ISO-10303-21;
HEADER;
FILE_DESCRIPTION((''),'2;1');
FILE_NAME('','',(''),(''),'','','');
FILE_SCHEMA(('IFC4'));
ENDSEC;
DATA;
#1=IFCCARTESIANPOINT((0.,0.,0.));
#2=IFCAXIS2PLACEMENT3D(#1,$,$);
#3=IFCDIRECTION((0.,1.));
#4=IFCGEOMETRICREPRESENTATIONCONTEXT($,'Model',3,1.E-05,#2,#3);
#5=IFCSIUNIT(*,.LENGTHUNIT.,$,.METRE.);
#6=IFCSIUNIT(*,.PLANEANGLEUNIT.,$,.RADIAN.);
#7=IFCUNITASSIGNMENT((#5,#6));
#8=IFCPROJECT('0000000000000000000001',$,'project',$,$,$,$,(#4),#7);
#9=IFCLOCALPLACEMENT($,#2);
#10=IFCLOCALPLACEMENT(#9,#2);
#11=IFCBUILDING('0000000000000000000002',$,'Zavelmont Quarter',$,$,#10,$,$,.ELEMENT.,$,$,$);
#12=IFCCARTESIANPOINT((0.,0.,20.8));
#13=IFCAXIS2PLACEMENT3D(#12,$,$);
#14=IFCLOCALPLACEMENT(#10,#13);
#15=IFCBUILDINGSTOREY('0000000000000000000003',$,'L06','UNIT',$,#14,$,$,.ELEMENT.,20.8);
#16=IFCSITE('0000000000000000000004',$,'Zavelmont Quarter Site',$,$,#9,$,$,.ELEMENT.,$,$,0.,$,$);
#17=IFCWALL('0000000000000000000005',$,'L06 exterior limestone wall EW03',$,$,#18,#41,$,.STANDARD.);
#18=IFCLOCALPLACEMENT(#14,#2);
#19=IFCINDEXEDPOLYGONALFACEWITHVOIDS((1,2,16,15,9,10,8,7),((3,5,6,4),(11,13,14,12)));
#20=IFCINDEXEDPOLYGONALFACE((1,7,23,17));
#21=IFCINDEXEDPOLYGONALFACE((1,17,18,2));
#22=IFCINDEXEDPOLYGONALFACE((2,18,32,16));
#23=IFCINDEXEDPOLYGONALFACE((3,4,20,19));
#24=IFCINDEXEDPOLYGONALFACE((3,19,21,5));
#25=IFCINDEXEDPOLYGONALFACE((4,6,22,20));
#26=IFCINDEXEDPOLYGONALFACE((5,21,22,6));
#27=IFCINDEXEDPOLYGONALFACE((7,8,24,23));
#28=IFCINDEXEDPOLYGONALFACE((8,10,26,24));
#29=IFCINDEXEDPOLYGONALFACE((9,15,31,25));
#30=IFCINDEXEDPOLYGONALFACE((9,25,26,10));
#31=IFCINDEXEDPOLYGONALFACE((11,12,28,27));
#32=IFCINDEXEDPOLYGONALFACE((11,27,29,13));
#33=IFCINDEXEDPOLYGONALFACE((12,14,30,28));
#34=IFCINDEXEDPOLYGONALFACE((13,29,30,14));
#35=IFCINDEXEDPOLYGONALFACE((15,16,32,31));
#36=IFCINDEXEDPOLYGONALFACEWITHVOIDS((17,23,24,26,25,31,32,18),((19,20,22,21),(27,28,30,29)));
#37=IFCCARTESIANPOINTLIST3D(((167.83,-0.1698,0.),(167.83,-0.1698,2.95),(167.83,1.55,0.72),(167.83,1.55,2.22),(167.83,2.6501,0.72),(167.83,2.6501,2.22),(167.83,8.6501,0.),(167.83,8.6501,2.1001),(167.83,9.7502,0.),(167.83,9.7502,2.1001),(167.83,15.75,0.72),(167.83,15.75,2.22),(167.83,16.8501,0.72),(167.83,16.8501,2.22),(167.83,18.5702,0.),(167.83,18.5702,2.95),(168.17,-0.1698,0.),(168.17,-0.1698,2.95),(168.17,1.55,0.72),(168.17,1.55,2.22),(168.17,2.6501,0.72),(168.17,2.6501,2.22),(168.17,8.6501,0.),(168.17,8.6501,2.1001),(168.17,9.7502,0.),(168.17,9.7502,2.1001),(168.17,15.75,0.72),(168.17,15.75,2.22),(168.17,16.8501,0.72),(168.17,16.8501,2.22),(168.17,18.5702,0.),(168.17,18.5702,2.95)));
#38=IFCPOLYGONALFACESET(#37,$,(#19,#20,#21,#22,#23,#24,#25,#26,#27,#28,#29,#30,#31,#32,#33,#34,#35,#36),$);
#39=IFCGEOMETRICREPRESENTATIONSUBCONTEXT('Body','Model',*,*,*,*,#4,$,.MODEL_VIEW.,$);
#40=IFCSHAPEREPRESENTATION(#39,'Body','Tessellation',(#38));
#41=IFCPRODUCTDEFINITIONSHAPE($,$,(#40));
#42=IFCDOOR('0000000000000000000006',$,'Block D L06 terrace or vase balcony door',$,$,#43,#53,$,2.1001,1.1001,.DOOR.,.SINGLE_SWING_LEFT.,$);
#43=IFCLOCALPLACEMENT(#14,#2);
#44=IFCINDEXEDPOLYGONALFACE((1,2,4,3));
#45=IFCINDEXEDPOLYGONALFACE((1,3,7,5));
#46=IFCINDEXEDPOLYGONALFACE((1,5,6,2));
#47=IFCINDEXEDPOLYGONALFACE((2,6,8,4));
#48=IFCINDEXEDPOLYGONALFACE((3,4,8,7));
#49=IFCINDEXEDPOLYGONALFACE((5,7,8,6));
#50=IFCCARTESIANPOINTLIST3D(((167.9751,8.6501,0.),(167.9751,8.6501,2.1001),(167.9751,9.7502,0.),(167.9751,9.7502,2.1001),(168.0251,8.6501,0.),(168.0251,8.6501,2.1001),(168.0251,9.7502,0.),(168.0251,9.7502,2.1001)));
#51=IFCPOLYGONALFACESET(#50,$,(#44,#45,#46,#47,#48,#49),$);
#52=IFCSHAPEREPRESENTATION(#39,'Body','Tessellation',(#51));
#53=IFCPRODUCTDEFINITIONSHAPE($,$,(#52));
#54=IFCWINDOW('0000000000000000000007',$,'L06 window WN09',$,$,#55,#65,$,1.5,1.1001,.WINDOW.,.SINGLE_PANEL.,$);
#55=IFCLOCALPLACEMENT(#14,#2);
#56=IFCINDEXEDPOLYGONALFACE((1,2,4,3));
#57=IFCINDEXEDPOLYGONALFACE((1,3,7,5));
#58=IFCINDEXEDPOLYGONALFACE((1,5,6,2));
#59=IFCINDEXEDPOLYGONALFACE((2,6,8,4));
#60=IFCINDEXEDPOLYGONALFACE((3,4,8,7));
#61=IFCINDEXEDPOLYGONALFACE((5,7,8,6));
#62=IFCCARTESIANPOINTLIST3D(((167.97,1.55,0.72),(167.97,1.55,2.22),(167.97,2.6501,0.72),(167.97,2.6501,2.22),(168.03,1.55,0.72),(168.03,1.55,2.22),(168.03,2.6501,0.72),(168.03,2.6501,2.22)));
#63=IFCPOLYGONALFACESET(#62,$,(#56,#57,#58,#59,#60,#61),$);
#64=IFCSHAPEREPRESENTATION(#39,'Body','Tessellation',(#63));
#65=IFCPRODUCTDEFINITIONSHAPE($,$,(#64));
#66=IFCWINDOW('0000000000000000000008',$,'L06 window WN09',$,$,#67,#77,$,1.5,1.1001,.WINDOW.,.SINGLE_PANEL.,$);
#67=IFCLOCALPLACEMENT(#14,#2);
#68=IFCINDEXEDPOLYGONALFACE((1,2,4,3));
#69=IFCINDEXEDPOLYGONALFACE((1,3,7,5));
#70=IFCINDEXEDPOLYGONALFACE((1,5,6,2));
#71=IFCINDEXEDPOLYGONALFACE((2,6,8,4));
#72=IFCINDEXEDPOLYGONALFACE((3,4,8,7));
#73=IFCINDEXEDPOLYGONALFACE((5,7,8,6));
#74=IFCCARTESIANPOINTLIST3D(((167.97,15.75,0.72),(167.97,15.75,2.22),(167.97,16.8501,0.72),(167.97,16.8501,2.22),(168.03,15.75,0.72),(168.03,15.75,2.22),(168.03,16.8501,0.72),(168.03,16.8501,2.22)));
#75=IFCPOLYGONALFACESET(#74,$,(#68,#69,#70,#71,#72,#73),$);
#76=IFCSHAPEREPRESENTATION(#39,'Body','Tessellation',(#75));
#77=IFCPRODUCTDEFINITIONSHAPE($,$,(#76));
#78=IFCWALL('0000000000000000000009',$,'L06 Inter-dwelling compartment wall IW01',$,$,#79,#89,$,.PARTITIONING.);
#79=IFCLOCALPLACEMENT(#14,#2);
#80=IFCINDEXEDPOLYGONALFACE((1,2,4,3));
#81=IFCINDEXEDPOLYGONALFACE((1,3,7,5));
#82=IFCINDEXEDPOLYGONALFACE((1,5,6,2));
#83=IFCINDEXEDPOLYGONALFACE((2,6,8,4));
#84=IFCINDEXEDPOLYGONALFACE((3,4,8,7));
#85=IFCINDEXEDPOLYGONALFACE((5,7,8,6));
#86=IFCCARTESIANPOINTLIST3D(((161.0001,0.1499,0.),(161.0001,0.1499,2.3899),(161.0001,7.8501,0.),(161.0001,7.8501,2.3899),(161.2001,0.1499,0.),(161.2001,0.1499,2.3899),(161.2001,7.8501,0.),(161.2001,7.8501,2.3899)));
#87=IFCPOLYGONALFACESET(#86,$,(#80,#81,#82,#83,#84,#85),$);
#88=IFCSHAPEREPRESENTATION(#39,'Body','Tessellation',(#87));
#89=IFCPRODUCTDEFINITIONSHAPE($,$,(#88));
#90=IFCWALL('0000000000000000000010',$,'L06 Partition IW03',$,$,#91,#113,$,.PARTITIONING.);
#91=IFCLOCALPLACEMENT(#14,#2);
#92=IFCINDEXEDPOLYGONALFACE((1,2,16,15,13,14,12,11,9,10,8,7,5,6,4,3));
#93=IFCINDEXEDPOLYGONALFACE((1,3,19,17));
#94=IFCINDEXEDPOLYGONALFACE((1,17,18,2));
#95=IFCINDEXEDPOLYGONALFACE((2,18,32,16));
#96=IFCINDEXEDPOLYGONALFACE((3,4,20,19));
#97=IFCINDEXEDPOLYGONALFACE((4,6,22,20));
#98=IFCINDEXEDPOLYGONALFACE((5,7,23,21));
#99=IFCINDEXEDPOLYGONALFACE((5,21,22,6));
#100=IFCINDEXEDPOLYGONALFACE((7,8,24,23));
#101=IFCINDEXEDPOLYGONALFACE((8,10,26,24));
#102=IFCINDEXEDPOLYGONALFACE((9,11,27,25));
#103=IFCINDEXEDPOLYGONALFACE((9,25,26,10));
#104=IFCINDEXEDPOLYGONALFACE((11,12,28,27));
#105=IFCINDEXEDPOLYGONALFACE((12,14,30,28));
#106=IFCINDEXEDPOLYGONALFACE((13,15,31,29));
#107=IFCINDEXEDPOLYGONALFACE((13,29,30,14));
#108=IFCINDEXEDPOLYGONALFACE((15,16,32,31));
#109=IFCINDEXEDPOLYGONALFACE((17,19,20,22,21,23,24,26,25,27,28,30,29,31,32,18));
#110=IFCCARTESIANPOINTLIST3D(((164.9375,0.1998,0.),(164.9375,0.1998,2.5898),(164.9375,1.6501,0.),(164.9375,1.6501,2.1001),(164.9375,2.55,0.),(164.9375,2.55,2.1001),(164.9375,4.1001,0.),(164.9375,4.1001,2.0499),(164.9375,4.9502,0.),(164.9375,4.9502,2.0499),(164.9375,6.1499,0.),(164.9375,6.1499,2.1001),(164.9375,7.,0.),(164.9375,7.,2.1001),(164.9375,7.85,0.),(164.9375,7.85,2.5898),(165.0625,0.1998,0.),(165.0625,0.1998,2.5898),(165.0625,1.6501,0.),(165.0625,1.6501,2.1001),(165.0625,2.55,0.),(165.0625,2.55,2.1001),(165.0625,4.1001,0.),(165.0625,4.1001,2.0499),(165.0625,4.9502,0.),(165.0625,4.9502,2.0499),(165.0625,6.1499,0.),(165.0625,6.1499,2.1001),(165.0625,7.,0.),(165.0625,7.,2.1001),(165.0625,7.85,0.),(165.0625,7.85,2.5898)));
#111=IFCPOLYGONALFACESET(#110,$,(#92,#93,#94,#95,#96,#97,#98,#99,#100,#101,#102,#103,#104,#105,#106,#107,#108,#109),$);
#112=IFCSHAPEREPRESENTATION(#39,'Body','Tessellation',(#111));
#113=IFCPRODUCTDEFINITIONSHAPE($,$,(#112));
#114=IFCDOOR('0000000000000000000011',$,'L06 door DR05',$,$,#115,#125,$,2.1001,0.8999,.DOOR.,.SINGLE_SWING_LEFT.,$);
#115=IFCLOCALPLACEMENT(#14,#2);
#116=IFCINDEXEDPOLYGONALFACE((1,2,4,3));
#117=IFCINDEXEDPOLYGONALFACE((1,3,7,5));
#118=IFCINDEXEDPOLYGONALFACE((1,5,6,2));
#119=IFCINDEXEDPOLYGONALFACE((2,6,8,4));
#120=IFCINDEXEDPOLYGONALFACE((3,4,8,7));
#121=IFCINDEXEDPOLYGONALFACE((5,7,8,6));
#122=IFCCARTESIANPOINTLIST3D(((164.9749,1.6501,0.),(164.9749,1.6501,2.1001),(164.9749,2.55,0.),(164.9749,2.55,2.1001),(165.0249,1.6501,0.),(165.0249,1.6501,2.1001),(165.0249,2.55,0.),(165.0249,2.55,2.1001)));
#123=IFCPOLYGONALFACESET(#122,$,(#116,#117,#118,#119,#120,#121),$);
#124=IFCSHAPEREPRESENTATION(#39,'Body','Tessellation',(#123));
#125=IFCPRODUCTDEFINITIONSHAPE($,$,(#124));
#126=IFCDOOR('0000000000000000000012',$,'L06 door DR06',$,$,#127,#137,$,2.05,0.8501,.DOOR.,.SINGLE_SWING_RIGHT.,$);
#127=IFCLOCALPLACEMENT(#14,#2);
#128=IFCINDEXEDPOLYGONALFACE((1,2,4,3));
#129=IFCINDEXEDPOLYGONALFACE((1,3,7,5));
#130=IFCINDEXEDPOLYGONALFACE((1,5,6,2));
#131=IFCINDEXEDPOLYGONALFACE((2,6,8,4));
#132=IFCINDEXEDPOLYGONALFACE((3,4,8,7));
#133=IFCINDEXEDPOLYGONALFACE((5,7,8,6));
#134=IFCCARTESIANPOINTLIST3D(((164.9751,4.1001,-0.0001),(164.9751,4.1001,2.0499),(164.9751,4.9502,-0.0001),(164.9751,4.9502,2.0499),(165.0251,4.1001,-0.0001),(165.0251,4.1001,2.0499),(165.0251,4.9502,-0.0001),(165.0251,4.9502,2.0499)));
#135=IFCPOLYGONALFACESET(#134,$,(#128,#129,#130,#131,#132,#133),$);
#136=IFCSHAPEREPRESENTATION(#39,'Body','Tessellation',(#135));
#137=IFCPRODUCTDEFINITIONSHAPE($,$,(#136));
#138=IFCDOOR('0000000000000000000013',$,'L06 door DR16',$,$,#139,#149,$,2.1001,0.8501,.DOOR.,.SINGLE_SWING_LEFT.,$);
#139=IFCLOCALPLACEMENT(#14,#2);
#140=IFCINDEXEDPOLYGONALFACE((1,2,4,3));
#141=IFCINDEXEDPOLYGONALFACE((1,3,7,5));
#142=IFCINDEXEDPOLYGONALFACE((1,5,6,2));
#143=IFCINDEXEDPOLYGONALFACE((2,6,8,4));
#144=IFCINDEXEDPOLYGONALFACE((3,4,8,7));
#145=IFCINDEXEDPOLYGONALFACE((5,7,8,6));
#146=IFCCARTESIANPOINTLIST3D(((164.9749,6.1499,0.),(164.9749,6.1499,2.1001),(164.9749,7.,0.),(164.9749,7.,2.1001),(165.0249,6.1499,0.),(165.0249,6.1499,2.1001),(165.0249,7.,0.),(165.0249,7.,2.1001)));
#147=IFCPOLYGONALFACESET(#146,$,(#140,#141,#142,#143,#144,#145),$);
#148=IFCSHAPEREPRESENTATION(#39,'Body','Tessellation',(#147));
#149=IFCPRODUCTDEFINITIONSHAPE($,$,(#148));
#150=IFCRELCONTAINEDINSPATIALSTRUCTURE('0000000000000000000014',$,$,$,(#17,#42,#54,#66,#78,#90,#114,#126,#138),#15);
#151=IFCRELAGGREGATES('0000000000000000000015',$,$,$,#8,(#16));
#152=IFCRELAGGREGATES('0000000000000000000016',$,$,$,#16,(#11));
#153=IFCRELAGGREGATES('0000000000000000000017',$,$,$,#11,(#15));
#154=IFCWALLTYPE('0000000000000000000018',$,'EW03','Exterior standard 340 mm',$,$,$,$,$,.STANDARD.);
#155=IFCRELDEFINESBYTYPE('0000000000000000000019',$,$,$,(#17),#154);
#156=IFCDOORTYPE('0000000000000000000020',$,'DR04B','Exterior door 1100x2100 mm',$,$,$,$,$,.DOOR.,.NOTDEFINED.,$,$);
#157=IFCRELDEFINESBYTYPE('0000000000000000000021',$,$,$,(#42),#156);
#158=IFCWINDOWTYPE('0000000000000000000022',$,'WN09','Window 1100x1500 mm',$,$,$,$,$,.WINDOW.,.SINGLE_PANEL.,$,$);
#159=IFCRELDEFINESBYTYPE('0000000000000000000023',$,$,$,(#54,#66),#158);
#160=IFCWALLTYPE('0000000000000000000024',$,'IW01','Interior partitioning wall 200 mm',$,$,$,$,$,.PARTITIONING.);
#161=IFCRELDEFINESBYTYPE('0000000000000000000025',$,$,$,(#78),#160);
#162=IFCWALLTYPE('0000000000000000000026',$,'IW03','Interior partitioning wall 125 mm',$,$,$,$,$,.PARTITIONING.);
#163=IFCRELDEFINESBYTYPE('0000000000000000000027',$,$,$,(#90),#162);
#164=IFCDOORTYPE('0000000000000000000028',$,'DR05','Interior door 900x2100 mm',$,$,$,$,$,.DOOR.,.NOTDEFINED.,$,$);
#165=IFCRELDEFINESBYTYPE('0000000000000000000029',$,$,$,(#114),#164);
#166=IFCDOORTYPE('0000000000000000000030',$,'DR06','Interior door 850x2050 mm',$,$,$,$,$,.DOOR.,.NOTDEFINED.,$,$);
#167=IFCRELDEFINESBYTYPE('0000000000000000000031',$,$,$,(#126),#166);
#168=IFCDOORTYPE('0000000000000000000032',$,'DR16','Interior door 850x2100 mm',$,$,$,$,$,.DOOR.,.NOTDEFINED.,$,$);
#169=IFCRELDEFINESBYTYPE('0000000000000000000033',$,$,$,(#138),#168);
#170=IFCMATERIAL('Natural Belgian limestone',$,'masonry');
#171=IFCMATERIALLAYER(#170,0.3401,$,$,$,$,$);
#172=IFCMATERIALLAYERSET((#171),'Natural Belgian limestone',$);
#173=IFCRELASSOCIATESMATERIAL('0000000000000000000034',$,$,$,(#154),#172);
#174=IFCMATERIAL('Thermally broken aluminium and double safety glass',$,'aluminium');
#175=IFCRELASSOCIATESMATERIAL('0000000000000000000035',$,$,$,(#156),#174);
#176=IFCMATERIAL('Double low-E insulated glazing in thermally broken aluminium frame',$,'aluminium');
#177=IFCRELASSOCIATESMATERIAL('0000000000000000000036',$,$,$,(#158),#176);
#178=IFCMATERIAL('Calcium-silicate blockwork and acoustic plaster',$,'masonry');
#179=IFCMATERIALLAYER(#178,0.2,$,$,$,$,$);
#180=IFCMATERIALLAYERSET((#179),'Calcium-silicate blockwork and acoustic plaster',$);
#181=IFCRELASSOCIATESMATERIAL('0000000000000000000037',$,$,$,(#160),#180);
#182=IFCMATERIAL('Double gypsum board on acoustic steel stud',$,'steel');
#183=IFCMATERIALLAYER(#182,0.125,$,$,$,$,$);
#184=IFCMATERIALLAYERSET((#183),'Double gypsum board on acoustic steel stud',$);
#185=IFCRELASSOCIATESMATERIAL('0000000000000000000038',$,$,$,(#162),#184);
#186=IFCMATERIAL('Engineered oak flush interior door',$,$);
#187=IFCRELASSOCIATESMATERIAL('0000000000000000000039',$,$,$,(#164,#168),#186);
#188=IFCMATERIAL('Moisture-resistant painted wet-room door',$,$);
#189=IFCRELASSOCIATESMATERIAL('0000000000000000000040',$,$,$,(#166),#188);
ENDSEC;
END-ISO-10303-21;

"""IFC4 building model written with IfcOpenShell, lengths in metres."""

from ifc_helpers import new_model, si_unit, direction, frame, frame_2d, origin, origin_with_axes, place, context, subcontext, project, spatial, rectangle, extrude, material, layer, layer_set, type_object, element, fill, save


model = new_model("IFC4")

# Units and contexts
model_context = context("Model", 3, precision=1e-05, world=origin(), true_north=direction((0.0, 1.0)))
body_context = subcontext(model_context, "Body", "Model", "MODEL_VIEW")
ifc_project = project(units=[si_unit("LENGTHUNIT", "METRE"), si_unit("PLANEANGLEUNIT", "RADIAN")], contexts=[model_context])

# Site, building, storey
site_placement = place(None, origin())
site = spatial("IfcSite", under=ifc_project, at=site_placement, Name="Zavelmont Quarter Site", CompositionType="ELEMENT", RefElevation=0.0)
building_placement = place(site_placement, origin())
building = spatial("IfcBuilding", under=site, at=building_placement, Name="Zavelmont Quarter", CompositionType="ELEMENT")
storey_placement = place(building_placement, frame((0.0, 0.0, 20.8)))
storey = spatial("IfcBuildingStorey", under=building, at=storey_placement, Name="L06", Description="UNIT", CompositionType="ELEMENT", Elevation=20.8)

# Wall, openings, door, windows
ifc_material_1 = material(Name="Natural Belgian limestone", Category="masonry")
ifc_layer_1 = layer(ifc_material_1, 0.3401)
ifc_layer_set_1 = layer_set([ifc_layer_1], Name="Natural Belgian limestone")
wall_type_1 = type_object("IfcWallType", Name="EW03", Description="Exterior standard 340 mm", PredefinedType="STANDARD", material=ifc_layer_set_1)
wall_1_placement = place(storey_placement, frame((168.0, -0.1699, 0.0), z_axis=(0.0, 0.0, 1.0), x_axis=(0.0, 1.0, 0.0)))
wall_1 = element("IfcWall", 1, at=wall_1_placement, inside=storey, type_object=wall_type_1, Name="L06 exterior limestone wall EW03", PredefinedType="STANDARD", context=body_context, shape_type="SweptSolid", body=[
    extrude(rectangle(XDim=18.74, YDim=0.3401, at=frame_2d((9.3701, 0.0))), origin(), (0.0, 0.0, 1.0), 2.95),
])
opening_1_placement = place(wall_1_placement, frame((8.8201, 0.0, 0.0)))
opening_1 = element("IfcOpeningElement", 2, at=opening_1_placement, cuts=wall_1, PredefinedType="OPENING", context=body_context, shape_type="SweptSolid", body=[
    extrude(rectangle(XDim=1.1001, YDim=2.1001, at=frame_2d((0.55, 1.05))), frame((0.0, 0.1821, 0.0), z_axis=(0.0, -1.0, 0.0), x_axis=(1.0, 0.0, 0.0)), (0.0, 0.0, 1.0), 0.364),
])
opening_2_placement = place(wall_1_placement, frame((1.72, 0.0, 0.72)))
opening_2 = element("IfcOpeningElement", 3, at=opening_2_placement, cuts=wall_1, PredefinedType="OPENING", context=body_context, shape_type="SweptSolid", body=[
    extrude(rectangle(XDim=1.1001, YDim=1.5, at=frame_2d((0.55, 0.75))), frame((0.0, 0.1821, 0.0), z_axis=(0.0, -1.0, 0.0), x_axis=(1.0, 0.0, 0.0)), (0.0, 0.0, 1.0), 0.364),
])
opening_3_placement = place(wall_1_placement, frame((15.9199, 0.0, 0.72)))
opening_3 = element("IfcOpeningElement", 4, at=opening_3_placement, cuts=wall_1, PredefinedType="OPENING", context=body_context, shape_type="SweptSolid", body=[
    extrude(rectangle(XDim=1.1001, YDim=1.5, at=frame_2d((0.55, 0.75))), frame((0.0, 0.1821, 0.0), z_axis=(0.0, -1.0, 0.0), x_axis=(1.0, 0.0, 0.0)), (0.0, 0.0, 1.0), 0.364),
])
ifc_material_2 = material(Name="Thermally broken aluminium and double safety glass", Category="aluminium")
door_type_1 = type_object("IfcDoorType", Name="DR04B", Description="Exterior door 1100x2100 mm", OperationType="NOTDEFINED", PredefinedType="DOOR", material=ifc_material_2)
door_1_placement = place(opening_1_placement, origin_with_axes())
door_1 = element("IfcDoor", 5, at=door_1_placement, inside=storey, type_object=door_type_1, Name="Block D L06 terrace or vase balcony door", OperationType="SINGLE_SWING_LEFT", OverallHeight=2.1001, OverallWidth=1.1001, PredefinedType="DOOR", context=body_context, shape_type="SweptSolid", body=[
    extrude(rectangle(XDim=1.1001, YDim=2.1001, at=frame_2d((0.55, 1.05))), frame((0.0, 0.0249, 0.0), z_axis=(0.0, -1.0, 0.0), x_axis=(1.0, 0.0, 0.0)), (0.0, 0.0, 1.0), 0.05),
])
fill(opening_1, door_1)
ifc_material_3 = material(Name="Double low-E insulated glazing in thermally broken aluminium frame", Category="aluminium")
window_type = type_object("IfcWindowType", Name="WN09", Description="Window 1100x1500 mm", PartitioningType="SINGLE_PANEL", PredefinedType="WINDOW", material=ifc_material_3)
window_1_placement = place(opening_2_placement, origin_with_axes())
window_1 = element("IfcWindow", 6, at=window_1_placement, inside=storey, type_object=window_type, Name="L06 window WN09", OverallHeight=1.5, OverallWidth=1.1001, PartitioningType="SINGLE_PANEL", PredefinedType="WINDOW", context=body_context, shape_type="SweptSolid", body=[
    extrude(rectangle(XDim=1.1001, YDim=1.5, at=frame_2d((0.55, 0.75))), frame((0.0, 0.03, 0.0), z_axis=(0.0, -1.0, 0.0), x_axis=(1.0, 0.0, 0.0)), (0.0, 0.0, 1.0), 0.0601),
])
fill(opening_2, window_1)
window_2_placement = place(opening_3_placement, origin_with_axes())
window_2 = element("IfcWindow", 7, at=window_2_placement, inside=storey, type_object=window_type, Name="L06 window WN09", OverallHeight=1.5, OverallWidth=1.1001, PartitioningType="SINGLE_PANEL", PredefinedType="WINDOW", context=body_context, shape_type="SweptSolid", body=[
    extrude(rectangle(XDim=1.1001, YDim=1.5, at=frame_2d((0.55, 0.75))), frame((0.0, 0.03, 0.0), z_axis=(0.0, -1.0, 0.0), x_axis=(1.0, 0.0, 0.0)), (0.0, 0.0, 1.0), 0.0601),
])
fill(opening_3, window_2)

# Wall
ifc_material_4 = material(Name="Calcium-silicate blockwork and acoustic plaster", Category="masonry")
ifc_layer_2 = layer(ifc_material_4, 0.2)
ifc_layer_set_2 = layer_set([ifc_layer_2], Name="Calcium-silicate blockwork and acoustic plaster")
wall_type_2 = type_object("IfcWallType", Name="IW01", Description="Interior partitioning wall 200 mm", PredefinedType="PARTITIONING", material=ifc_layer_set_2)
wall_2_placement = place(storey_placement, frame((161.1001, 7.8501, 0.0), z_axis=(0.0, 0.0, 1.0), x_axis=(0.0, -1.0, 0.0)))
element("IfcWall", 8, at=wall_2_placement, inside=storey, type_object=wall_type_2, Name="L06 Inter-dwelling compartment wall IW01", PredefinedType="PARTITIONING", context=body_context, shape_type="SweptSolid", body=[
    extrude(rectangle(XDim=7.7002, YDim=0.2, at=frame_2d((3.8501, 0.0))), origin(), (0.0, 0.0, 1.0), 2.3899),
])

# Wall, openings, doors
ifc_material_5 = material(Name="Double gypsum board on acoustic steel stud", Category="steel")
ifc_layer_3 = layer(ifc_material_5, 0.125)
ifc_layer_set_3 = layer_set([ifc_layer_3], Name="Double gypsum board on acoustic steel stud")
wall_type_3 = type_object("IfcWallType", Name="IW03", Description="Interior partitioning wall 125 mm", PredefinedType="PARTITIONING", material=ifc_layer_set_3)
wall_3_placement = place(storey_placement, frame((165.0, 7.8501, 0.0), z_axis=(0.0, 0.0, 1.0), x_axis=(0.0, -1.0, 0.0)))
wall_3 = element("IfcWall", 9, at=wall_3_placement, inside=storey, type_object=wall_type_3, Name="L06 Partition IW03", PredefinedType="PARTITIONING", context=body_context, shape_type="SweptSolid", body=[
    extrude(rectangle(XDim=7.6501, YDim=0.125, at=frame_2d((3.8252, 0.0))), origin(), (0.0, 0.0, 1.0), 2.5898),
])
opening_4_placement = place(wall_3_placement, frame((0.8501, 0.0, 0.0)))
opening_4 = element("IfcOpeningElement", 10, at=opening_4_placement, cuts=wall_3, PredefinedType="OPENING", context=body_context, shape_type="SweptSolid", body=[
    extrude(rectangle(XDim=0.8501, YDim=2.1001, at=frame_2d((0.425, 1.05))), frame((0.0, 0.0745, 0.0), z_axis=(0.0, -1.0, 0.0), x_axis=(1.0, 0.0, 0.0)), (0.0, 0.0, 1.0), 0.1489),
])
opening_5_placement = place(wall_3_placement, frame((2.8999, 0.0, 0.0)))
opening_5 = element("IfcOpeningElement", 11, at=opening_5_placement, cuts=wall_3, PredefinedType="OPENING", context=body_context, shape_type="SweptSolid", body=[
    extrude(rectangle(XDim=0.8501, YDim=2.05, at=frame_2d((0.425, 1.0249))), frame((0.0, 0.0745, 0.0), z_axis=(0.0, -1.0, 0.0), x_axis=(1.0, 0.0, 0.0)), (0.0, 0.0, 1.0), 0.1489),
])
opening_6_placement = place(wall_3_placement, frame((5.3, 0.0, 0.0)))
opening_6 = element("IfcOpeningElement", 12, at=opening_6_placement, cuts=wall_3, PredefinedType="OPENING", context=body_context, shape_type="SweptSolid", body=[
    extrude(rectangle(XDim=0.8999, YDim=2.1001, at=frame_2d((0.45, 1.05))), frame((0.0, 0.0745, 0.0), z_axis=(0.0, -1.0, 0.0), x_axis=(1.0, 0.0, 0.0)), (0.0, 0.0, 1.0), 0.1489),
])
ifc_material_6 = material(Name="Engineered oak flush interior door")
door_type_2 = type_object("IfcDoorType", Name="DR05", Description="Interior door 900x2100 mm", OperationType="NOTDEFINED", PredefinedType="DOOR", material=ifc_material_6)
door_2_placement = place(opening_6_placement, origin_with_axes())
door_2 = element("IfcDoor", 13, at=door_2_placement, inside=storey, type_object=door_type_2, Name="L06 door DR05", OperationType="SINGLE_SWING_LEFT", OverallHeight=2.1001, OverallWidth=0.8999, PredefinedType="DOOR", context=body_context, shape_type="SweptSolid", body=[
    extrude(rectangle(XDim=0.8999, YDim=2.1001, at=frame_2d((0.45, 1.05))), frame((0.0, 0.0249, 0.0), z_axis=(0.0, -1.0, 0.0), x_axis=(1.0, 0.0, 0.0)), (0.0, 0.0, 1.0), 0.05),
])
fill(opening_6, door_2)
ifc_material_7 = material(Name="Moisture-resistant painted wet-room door")
door_type_3 = type_object("IfcDoorType", Name="DR06", Description="Interior door 850x2050 mm", OperationType="NOTDEFINED", PredefinedType="DOOR", material=ifc_material_7)
door_3_placement = place(opening_5_placement, frame((0.8501, 0.0, 0.0), z_axis=(0.0, 0.0, 1.0), x_axis=(-1.0, 0.0, 0.0)))
door_3 = element("IfcDoor", 14, at=door_3_placement, inside=storey, type_object=door_type_3, Name="L06 door DR06", OperationType="SINGLE_SWING_RIGHT", OverallHeight=2.05, OverallWidth=0.8501, PredefinedType="DOOR", context=body_context, shape_type="SweptSolid", body=[
    extrude(rectangle(XDim=0.8501, YDim=2.05, at=frame_2d((0.425, 1.0249))), frame((0.0, 0.0249, 0.0), z_axis=(0.0, -1.0, 0.0), x_axis=(1.0, 0.0, 0.0)), (0.0, 0.0, 1.0), 0.05),
])
fill(opening_5, door_3)
door_type_4 = type_object("IfcDoorType", Name="DR16", Description="Interior door 850x2100 mm", OperationType="NOTDEFINED", PredefinedType="DOOR", material=ifc_material_6)
door_4_placement = place(opening_4_placement, origin_with_axes())
door_4 = element("IfcDoor", 15, at=door_4_placement, inside=storey, type_object=door_type_4, Name="L06 door DR16", OperationType="SINGLE_SWING_LEFT", OverallHeight=2.1001, OverallWidth=0.8501, PredefinedType="DOOR", context=body_context, shape_type="SweptSolid", body=[
    extrude(rectangle(XDim=0.8501, YDim=2.1001, at=frame_2d((0.425, 1.05))), frame((0.0, 0.0249, 0.0), z_axis=(0.0, -1.0, 0.0), x_axis=(1.0, 0.0, 0.0)), (0.0, 0.0, 1.0), 0.05),
])
fill(opening_4, door_4)

save(model, "model.ifc")
